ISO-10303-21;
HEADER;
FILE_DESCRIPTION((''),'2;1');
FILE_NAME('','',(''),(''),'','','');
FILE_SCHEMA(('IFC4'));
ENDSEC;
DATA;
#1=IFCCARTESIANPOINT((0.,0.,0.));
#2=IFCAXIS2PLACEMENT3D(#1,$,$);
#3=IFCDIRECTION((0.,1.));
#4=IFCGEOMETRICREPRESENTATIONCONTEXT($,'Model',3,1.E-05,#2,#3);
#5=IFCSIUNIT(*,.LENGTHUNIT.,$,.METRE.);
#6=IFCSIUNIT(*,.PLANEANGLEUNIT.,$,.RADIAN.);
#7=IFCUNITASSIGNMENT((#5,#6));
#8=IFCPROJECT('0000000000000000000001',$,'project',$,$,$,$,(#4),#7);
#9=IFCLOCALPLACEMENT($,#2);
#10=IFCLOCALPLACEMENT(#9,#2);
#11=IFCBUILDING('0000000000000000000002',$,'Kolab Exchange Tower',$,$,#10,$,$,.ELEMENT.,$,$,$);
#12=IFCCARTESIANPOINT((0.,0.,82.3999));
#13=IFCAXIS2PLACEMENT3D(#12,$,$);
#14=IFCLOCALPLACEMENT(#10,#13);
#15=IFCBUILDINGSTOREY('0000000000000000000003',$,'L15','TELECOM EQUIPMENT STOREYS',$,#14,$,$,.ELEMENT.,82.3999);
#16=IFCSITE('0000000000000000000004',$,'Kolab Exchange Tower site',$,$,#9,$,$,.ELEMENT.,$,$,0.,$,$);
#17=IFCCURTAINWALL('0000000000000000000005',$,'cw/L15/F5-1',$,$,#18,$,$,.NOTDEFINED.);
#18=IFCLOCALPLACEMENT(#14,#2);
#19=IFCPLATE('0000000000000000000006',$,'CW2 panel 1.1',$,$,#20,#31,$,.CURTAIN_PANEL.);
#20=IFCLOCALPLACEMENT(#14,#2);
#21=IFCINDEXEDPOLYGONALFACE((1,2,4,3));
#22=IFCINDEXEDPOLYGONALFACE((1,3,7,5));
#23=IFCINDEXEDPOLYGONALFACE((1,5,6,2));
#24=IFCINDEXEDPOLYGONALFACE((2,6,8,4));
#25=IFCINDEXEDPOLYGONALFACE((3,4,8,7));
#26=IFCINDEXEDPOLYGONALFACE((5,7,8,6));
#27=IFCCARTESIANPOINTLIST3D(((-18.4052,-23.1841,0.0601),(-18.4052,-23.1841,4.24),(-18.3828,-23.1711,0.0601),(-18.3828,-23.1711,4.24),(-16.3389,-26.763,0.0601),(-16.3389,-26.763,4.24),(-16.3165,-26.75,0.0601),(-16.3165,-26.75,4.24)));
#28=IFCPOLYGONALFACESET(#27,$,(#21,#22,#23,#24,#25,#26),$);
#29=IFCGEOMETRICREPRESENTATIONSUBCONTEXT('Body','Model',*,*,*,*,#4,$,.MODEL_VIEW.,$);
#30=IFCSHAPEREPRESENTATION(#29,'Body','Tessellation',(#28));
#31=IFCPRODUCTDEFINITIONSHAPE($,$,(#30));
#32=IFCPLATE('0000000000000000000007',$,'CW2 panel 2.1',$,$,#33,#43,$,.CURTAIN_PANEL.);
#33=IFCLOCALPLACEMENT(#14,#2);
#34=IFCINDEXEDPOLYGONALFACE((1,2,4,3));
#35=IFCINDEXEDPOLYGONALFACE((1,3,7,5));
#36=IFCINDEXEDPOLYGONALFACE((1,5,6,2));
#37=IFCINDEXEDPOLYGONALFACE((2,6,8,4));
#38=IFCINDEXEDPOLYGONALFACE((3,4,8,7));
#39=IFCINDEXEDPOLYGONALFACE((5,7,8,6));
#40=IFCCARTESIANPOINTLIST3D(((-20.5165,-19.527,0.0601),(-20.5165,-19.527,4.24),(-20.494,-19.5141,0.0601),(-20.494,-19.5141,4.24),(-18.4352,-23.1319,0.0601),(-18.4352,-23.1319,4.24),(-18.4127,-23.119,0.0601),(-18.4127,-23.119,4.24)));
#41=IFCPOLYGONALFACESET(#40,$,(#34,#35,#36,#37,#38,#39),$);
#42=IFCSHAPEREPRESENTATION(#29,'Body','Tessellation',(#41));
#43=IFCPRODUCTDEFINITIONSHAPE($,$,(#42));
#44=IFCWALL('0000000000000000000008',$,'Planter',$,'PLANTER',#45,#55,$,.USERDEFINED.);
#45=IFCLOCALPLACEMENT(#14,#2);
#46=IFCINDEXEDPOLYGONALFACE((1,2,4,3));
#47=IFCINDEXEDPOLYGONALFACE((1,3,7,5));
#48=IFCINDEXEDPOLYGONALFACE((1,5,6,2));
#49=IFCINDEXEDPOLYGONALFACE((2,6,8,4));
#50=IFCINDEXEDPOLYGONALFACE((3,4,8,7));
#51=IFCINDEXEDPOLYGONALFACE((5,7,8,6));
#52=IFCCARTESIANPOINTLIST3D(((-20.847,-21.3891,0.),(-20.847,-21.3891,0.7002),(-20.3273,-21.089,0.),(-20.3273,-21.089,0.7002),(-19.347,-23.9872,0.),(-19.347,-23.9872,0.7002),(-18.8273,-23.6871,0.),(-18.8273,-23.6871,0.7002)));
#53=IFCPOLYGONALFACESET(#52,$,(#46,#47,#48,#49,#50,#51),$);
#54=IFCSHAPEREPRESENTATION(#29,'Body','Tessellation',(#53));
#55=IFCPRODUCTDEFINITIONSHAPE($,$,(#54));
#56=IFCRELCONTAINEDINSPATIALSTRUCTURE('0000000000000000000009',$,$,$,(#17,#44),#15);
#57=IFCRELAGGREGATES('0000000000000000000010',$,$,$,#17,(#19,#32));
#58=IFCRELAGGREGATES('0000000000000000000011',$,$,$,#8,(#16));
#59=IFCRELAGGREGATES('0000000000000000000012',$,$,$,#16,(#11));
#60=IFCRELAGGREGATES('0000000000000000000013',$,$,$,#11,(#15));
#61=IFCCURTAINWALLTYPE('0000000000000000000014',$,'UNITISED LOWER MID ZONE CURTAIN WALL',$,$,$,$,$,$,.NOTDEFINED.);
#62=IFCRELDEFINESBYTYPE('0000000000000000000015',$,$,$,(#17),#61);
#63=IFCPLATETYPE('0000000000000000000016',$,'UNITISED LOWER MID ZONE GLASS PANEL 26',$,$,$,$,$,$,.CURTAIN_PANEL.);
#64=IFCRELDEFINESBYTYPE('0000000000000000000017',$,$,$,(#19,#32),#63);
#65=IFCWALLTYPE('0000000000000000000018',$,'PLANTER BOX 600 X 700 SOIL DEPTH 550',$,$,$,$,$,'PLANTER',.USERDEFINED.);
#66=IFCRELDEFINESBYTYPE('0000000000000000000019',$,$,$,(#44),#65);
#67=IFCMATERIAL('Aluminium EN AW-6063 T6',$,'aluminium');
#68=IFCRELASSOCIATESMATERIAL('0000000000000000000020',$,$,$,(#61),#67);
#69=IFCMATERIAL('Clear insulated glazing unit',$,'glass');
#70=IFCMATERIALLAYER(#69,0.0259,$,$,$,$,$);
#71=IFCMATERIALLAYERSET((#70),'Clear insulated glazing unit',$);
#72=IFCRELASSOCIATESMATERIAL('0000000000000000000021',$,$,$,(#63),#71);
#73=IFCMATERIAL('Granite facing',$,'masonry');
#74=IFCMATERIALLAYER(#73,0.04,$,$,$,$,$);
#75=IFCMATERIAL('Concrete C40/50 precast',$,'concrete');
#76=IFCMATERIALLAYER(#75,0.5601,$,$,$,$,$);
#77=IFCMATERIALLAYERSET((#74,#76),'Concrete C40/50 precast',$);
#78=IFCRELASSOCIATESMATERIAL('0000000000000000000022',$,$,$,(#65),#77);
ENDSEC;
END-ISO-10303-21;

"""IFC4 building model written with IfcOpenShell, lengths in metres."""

from ifc_helpers import new_model, si_unit, direction, frame, frame_2d, origin, origin_2d, place, context, subcontext, project, spatial, rectangle, extrude, material, layer, layer_set, type_object, element, aggregate, save


model = new_model("IFC4")

# Units and contexts
model_context = context("Model", 3, precision=1e-05, world=origin(), true_north=direction((0.0, 1.0)))
body_context = subcontext(model_context, "Body", "Model", "MODEL_VIEW")
ifc_project = project(units=[si_unit("LENGTHUNIT", "METRE"), si_unit("PLANEANGLEUNIT", "RADIAN")], contexts=[model_context])

# Site, building, storey
site_placement = place(None, origin())
site = spatial("IfcSite", under=ifc_project, at=site_placement, Name="Kolab Exchange Tower site", CompositionType="ELEMENT", RefElevation=0.0)
building_placement = place(site_placement, origin())
building = spatial("IfcBuilding", under=site, at=building_placement, Name="Kolab Exchange Tower", CompositionType="ELEMENT")
storey_placement = place(building_placement, frame((0.0, 0.0, 82.3999)))
storey = spatial("IfcBuildingStorey", under=building, at=storey_placement, Name="L15", Description="TELECOM EQUIPMENT STOREYS", CompositionType="ELEMENT", Elevation=82.3999)

# Curtain wall
ifc_material_1 = material(Name="Aluminium EN AW-6063 T6", Category="aluminium")
curtain_wall_type = type_object("IfcCurtainWallType", Name="UNITISED LOWER MID ZONE CURTAIN WALL", PredefinedType="NOTDEFINED", material=ifc_material_1)
curtain_wall_1_placement = place(storey_placement, origin())
curtain_wall_1 = element("IfcCurtainWall", 1, at=curtain_wall_1_placement, inside=storey, type_object=curtain_wall_type, Name="cw/L15/F5-1", PredefinedType="NOTDEFINED")

# Plates
ifc_material_2 = material(Name="Clear insulated glazing unit", Category="glass")
ifc_layer_1 = layer(ifc_material_2, 0.0259)
ifc_layer_set_1 = layer_set([ifc_layer_1], Name="Clear insulated glazing unit")
plate_type = type_object("IfcPlateType", Name="UNITISED LOWER MID ZONE GLASS PANEL 26", PredefinedType="CURTAIN_PANEL", material=ifc_layer_set_1)
plate_1_placement = place(storey_placement, frame((-17.3608, -24.967, 0.0601), z_axis=(0.0, 0.0, 1.0), x_axis=(-0.5, 0.866025, 0.0)))
plate_1 = element("IfcPlate", 2, at=plate_1_placement, type_object=plate_type, Name="CW2 panel 1.1", PredefinedType="CURTAIN_PANEL", context=body_context, shape_type="SweptSolid", body=[
    extrude(rectangle(XDim=4.1326, YDim=0.0259, at=origin_2d()), origin(), (0.0, 0.0, 1.0), 4.1799),
])
plate_2_placement = place(storey_placement, frame((-19.4646, -21.323, 0.0601), z_axis=(0.0, 0.0, 1.0), x_axis=(-0.5, 0.866025, 0.0)))
plate_2 = element("IfcPlate", 3, at=plate_2_placement, type_object=plate_type, Name="CW2 panel 2.1", PredefinedType="CURTAIN_PANEL", context=body_context, shape_type="SweptSolid", body=[
    extrude(rectangle(XDim=4.1626, YDim=0.0259, at=origin_2d()), origin(), (0.0, 0.0, 1.0), 4.1799),
])
aggregate(curtain_wall_1, [plate_1, plate_2])

# Wall
ifc_material_3 = material(Name="Granite facing", Category="masonry")
ifc_layer_2 = layer(ifc_material_3, 0.04)
ifc_material_4 = material(Name="Concrete C40/50 precast", Category="concrete")
ifc_layer_3 = layer(ifc_material_4, 0.5601)
ifc_layer_set_2 = layer_set([ifc_layer_2, ifc_layer_3], Name="Concrete C40/50 precast")
wall_type = type_object("IfcWallType", Name="PLANTER BOX 600 X 700 SOIL DEPTH 550", ElementType="PLANTER", PredefinedType="USERDEFINED", material=ifc_layer_set_2)
wall_placement = place(storey_placement, frame((-19.0872, -23.8372, 0.0), z_axis=(0.0, 0.0, 1.0), x_axis=(-0.49999, 0.866031, 0.0)))
element("IfcWall", 4, at=wall_placement, inside=storey, type_object=wall_type, Name="Planter", ObjectType="PLANTER", PredefinedType="USERDEFINED", context=body_context, shape_type="SweptSolid", body=[
    extrude(rectangle(XDim=3.0, YDim=0.6001, at=frame_2d((1.5, 0.0))), origin(), (0.0, 0.0, 1.0), 0.7002),
])

save(model, "model.ifc")
